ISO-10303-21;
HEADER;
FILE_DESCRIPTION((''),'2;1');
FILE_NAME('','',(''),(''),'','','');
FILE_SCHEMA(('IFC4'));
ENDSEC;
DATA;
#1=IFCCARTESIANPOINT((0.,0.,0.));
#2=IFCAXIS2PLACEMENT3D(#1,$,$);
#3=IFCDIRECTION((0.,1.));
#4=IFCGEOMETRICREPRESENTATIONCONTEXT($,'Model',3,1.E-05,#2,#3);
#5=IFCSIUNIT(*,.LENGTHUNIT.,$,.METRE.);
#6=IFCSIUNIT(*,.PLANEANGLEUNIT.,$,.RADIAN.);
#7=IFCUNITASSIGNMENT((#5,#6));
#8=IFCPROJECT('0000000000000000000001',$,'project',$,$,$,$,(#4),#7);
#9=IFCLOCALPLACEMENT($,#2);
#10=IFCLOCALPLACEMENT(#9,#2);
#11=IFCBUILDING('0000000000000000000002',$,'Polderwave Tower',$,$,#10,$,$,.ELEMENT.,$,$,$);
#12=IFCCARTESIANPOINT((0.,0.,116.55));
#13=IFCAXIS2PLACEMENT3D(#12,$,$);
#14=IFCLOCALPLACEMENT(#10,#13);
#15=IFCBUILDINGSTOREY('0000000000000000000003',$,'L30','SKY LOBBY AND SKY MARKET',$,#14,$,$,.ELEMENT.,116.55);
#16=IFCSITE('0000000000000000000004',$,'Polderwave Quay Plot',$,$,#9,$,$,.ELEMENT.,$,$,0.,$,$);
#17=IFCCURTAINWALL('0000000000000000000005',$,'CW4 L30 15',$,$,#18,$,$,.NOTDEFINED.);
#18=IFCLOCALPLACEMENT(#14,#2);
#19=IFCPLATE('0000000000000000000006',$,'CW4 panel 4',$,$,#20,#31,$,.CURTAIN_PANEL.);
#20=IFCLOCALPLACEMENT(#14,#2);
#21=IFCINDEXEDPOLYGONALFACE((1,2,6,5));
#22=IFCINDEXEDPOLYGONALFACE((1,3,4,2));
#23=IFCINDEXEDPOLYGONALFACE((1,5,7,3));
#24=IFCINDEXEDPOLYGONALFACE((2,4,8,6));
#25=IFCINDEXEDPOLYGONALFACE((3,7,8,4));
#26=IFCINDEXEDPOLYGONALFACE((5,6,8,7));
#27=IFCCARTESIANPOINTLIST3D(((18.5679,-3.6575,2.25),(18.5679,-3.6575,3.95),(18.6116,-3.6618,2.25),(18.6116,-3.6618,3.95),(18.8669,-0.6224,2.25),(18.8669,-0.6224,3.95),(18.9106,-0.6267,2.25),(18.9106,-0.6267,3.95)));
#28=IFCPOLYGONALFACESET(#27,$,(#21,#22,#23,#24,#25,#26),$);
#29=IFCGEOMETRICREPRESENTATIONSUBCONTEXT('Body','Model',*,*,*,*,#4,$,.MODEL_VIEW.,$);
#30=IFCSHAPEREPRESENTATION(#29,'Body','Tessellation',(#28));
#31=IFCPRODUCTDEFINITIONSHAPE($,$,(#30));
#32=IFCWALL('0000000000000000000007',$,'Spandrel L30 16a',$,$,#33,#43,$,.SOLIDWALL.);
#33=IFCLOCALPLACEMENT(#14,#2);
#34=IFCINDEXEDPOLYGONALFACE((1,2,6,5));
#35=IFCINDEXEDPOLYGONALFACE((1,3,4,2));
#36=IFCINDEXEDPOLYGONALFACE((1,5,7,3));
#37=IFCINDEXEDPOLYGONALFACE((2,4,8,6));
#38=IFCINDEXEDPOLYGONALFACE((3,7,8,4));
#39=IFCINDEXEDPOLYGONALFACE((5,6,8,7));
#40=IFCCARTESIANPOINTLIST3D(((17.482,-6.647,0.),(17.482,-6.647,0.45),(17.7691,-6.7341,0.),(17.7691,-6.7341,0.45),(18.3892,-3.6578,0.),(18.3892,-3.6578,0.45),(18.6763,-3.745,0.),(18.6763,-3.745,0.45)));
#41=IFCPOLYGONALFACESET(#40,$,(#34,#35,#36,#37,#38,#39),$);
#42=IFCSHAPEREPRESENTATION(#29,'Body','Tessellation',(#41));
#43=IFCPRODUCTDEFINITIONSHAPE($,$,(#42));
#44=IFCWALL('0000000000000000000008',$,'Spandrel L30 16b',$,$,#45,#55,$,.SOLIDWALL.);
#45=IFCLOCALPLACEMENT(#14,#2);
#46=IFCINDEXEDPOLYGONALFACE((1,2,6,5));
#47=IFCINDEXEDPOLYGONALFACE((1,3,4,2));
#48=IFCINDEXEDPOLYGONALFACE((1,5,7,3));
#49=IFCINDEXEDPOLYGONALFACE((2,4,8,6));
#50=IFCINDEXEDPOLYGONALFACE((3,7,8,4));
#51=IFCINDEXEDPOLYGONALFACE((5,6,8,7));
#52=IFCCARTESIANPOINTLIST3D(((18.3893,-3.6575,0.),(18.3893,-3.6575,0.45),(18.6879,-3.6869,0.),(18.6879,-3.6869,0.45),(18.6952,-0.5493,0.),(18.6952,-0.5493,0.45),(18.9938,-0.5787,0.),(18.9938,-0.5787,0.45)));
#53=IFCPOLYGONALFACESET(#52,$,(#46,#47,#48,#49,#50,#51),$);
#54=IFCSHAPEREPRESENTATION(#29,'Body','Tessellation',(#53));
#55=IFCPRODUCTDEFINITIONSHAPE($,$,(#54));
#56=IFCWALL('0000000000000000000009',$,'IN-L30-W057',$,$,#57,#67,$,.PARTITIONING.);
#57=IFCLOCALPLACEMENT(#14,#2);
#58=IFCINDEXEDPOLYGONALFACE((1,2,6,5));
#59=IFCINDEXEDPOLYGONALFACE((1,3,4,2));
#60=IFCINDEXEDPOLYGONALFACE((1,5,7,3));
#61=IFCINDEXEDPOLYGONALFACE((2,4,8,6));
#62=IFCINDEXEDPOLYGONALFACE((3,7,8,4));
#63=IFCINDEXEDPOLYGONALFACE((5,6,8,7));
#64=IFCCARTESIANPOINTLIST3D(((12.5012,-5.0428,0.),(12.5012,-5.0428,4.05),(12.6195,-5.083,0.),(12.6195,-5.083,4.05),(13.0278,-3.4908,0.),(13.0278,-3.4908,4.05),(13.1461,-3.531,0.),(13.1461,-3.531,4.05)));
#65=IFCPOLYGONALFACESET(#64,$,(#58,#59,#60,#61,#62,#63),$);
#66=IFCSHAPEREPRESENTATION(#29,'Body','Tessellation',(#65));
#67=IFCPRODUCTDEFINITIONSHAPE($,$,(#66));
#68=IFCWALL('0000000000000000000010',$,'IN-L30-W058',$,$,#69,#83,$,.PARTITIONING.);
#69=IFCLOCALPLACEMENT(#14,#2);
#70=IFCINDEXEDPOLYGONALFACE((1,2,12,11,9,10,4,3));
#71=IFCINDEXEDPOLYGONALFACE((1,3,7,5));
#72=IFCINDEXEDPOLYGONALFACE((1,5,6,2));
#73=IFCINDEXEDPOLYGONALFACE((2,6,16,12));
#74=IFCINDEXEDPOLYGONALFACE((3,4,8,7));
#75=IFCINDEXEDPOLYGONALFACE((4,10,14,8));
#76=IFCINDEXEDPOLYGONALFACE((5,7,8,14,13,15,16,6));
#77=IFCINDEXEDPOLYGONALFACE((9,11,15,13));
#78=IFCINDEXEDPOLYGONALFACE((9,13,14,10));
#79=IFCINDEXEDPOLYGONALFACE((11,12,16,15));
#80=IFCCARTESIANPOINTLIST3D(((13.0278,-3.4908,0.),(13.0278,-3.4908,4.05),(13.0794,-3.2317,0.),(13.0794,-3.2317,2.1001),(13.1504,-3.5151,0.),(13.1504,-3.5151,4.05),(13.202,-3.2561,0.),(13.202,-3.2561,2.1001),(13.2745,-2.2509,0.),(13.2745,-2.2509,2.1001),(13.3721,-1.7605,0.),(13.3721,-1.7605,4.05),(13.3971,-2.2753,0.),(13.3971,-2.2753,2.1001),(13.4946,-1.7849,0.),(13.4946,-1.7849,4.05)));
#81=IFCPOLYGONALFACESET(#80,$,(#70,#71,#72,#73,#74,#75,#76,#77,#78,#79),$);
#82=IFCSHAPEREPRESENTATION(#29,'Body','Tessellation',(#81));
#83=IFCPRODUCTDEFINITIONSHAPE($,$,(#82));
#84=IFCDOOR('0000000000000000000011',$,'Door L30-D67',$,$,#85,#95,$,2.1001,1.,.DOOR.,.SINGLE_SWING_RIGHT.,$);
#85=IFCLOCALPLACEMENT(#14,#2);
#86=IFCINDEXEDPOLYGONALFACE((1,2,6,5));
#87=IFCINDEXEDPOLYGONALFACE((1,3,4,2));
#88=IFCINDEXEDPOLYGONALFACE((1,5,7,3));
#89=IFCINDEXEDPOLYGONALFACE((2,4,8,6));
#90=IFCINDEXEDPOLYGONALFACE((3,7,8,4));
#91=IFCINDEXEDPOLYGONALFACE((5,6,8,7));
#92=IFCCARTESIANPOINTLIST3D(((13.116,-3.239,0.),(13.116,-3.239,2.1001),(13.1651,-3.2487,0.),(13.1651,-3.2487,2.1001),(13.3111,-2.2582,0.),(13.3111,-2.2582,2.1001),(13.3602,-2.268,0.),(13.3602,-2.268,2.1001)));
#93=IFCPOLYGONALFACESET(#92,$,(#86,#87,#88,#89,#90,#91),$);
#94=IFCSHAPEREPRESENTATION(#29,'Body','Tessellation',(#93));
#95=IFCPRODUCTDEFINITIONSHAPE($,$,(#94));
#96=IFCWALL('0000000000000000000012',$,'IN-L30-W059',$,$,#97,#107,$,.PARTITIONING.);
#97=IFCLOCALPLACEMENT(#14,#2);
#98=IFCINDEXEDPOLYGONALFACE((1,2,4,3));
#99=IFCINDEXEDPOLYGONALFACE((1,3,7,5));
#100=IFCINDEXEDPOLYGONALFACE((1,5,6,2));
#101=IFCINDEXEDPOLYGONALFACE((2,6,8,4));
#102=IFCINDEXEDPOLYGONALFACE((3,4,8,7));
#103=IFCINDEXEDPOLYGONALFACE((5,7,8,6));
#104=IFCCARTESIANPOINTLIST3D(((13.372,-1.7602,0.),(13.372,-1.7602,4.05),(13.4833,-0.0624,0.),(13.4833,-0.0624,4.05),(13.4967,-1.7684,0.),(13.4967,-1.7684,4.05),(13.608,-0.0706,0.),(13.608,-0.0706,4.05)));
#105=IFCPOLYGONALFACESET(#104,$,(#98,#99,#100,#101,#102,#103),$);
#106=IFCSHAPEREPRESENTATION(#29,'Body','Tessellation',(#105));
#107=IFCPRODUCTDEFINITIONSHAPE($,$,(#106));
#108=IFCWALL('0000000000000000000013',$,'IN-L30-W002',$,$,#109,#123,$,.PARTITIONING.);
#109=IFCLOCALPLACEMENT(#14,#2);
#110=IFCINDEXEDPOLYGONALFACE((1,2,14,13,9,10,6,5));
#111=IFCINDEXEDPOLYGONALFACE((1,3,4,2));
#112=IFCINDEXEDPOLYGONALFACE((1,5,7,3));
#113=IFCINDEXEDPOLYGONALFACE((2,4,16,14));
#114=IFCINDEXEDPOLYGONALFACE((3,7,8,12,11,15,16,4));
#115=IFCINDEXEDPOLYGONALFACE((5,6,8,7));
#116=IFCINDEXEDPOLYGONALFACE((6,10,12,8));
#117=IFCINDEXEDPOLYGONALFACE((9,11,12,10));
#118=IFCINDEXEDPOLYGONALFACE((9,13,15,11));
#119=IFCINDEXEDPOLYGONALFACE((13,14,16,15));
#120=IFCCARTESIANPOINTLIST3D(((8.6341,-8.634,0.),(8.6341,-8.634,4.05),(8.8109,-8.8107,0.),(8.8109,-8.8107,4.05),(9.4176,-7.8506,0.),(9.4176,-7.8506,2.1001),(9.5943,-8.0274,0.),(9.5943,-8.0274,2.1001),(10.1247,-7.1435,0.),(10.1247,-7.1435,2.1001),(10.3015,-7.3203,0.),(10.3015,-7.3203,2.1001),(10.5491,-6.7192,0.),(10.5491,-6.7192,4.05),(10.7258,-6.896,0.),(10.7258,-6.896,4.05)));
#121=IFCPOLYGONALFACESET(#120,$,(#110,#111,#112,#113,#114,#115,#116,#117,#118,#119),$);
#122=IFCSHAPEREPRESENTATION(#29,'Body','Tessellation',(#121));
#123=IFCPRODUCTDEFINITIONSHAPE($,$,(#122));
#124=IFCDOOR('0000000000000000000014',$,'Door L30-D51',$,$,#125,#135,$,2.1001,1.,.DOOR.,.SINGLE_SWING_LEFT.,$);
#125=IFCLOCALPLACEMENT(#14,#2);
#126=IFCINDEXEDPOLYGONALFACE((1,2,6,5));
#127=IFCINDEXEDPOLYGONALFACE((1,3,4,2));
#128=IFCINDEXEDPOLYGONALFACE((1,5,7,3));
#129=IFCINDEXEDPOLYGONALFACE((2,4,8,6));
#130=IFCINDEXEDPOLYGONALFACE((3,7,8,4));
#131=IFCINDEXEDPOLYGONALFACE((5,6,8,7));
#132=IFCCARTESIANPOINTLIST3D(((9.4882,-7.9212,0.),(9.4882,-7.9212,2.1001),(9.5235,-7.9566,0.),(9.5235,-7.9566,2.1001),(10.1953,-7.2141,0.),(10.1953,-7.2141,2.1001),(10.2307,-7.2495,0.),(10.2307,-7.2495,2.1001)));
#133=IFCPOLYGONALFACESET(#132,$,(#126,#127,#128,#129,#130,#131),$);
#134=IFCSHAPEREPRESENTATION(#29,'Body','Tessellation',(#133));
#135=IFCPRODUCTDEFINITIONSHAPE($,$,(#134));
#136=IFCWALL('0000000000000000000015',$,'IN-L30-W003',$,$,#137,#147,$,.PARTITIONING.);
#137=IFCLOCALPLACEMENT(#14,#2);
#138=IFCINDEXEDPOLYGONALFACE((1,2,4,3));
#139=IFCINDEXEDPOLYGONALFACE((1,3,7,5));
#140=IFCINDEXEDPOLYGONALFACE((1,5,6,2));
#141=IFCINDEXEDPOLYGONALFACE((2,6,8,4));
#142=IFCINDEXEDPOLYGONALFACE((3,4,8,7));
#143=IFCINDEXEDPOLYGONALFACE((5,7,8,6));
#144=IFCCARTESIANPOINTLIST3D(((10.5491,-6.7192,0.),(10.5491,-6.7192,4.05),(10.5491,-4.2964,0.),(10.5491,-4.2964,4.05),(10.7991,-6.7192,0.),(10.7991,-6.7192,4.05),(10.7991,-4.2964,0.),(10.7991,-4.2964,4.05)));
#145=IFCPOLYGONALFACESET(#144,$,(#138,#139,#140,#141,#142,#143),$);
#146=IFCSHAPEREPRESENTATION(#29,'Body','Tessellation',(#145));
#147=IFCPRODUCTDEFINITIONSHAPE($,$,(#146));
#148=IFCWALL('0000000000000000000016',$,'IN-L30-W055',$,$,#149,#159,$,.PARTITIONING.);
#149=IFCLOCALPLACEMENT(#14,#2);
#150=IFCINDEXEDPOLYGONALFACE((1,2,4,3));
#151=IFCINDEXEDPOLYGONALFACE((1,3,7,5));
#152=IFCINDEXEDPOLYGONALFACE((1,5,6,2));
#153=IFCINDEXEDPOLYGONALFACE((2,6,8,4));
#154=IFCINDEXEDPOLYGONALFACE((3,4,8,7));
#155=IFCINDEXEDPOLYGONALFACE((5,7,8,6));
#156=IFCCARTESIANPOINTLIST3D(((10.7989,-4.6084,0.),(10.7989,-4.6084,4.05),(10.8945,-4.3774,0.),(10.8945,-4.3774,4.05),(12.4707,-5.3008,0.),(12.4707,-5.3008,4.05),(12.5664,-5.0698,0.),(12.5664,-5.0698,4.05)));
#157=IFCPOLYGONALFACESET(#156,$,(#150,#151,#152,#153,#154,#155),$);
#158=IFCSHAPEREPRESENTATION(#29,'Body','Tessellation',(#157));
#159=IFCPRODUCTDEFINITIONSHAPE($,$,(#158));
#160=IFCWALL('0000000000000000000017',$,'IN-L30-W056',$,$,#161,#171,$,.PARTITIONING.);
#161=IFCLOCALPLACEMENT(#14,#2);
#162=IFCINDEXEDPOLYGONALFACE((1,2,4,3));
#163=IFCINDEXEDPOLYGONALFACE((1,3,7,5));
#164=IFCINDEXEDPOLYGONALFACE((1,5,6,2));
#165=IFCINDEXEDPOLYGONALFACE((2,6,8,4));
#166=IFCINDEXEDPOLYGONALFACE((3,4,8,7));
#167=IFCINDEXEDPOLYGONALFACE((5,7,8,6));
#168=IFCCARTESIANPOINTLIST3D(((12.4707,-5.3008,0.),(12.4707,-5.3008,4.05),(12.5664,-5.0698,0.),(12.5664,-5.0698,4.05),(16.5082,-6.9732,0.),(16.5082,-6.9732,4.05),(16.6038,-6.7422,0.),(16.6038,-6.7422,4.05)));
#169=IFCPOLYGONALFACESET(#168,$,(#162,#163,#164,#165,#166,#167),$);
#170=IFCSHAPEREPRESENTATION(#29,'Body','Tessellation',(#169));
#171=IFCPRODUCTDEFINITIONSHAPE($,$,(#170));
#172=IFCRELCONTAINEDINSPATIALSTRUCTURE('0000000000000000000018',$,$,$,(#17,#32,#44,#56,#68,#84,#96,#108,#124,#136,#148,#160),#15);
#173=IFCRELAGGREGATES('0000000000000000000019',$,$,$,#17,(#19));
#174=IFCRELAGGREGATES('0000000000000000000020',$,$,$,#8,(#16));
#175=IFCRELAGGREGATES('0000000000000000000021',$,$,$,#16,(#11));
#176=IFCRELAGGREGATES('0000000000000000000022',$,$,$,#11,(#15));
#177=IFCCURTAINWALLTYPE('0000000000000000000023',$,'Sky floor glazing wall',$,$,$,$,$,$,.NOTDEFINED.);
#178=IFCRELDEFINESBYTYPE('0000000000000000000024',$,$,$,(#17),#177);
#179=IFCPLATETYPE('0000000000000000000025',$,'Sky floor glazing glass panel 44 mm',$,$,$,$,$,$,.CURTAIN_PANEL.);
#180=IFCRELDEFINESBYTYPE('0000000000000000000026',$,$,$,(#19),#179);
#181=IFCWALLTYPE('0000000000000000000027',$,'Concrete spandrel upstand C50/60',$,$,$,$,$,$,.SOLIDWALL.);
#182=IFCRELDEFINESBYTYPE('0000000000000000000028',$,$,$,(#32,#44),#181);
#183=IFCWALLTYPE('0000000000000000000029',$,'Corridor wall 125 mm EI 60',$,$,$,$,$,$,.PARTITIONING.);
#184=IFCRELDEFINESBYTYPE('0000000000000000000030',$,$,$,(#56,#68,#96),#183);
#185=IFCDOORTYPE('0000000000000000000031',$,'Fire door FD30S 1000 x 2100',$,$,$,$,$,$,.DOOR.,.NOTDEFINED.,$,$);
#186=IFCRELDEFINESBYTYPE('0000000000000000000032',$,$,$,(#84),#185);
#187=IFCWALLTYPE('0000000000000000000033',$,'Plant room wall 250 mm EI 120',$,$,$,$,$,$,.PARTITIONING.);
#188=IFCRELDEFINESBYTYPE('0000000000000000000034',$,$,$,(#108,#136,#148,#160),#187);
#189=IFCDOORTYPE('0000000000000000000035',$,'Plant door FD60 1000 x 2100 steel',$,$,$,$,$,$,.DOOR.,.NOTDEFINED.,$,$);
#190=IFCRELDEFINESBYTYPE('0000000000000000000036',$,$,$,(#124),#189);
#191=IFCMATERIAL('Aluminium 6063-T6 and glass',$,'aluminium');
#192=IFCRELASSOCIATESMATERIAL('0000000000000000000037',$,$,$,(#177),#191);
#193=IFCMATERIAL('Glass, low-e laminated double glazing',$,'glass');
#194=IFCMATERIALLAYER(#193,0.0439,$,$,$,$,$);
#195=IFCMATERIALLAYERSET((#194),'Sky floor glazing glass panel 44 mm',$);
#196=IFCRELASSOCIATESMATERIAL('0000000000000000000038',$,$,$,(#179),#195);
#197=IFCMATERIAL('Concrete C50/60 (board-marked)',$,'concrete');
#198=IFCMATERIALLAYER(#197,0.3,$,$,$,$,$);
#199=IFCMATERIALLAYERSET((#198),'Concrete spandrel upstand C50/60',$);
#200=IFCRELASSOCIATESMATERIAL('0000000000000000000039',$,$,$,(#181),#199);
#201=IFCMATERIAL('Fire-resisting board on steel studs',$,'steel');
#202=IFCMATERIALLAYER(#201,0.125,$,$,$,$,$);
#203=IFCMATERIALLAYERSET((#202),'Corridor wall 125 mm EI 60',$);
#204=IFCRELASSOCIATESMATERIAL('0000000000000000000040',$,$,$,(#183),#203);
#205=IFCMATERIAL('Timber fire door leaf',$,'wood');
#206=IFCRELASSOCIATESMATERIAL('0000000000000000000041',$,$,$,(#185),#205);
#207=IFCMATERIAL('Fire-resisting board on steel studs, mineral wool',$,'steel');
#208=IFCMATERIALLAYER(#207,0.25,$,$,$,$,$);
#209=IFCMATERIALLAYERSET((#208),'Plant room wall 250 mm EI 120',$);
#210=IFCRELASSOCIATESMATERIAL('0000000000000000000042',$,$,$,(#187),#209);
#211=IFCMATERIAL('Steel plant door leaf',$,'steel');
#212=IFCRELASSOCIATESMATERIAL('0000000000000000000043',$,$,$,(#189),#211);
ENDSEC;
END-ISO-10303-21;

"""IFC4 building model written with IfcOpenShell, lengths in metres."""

from ifc_helpers import new_model, si_unit, direction, frame, frame_2d, origin, origin_2d, place, context, subcontext, project, spatial, rectangle, extrude, material, layer, layer_set, type_object, element, fill, aggregate, save


model = new_model("IFC4")

# Units and contexts
model_context = context("Model", 3, precision=1e-05, world=origin(), true_north=direction((0.0, 1.0)))
body_context = subcontext(model_context, "Body", "Model", "MODEL_VIEW")
ifc_project = project(units=[si_unit("LENGTHUNIT", "METRE"), si_unit("PLANEANGLEUNIT", "RADIAN")], contexts=[model_context])

# Site, building, storey
site_placement = place(None, origin())
site = spatial("IfcSite", under=ifc_project, at=site_placement, Name="Polderwave Quay Plot", CompositionType="ELEMENT", RefElevation=0.0)
building_placement = place(site_placement, origin())
building = spatial("IfcBuilding", under=site, at=building_placement, Name="Polderwave Tower", CompositionType="ELEMENT")
storey_placement = place(building_placement, frame((0.0, 0.0, 116.55)))
storey = spatial("IfcBuildingStorey", under=building, at=storey_placement, Name="L30", Description="SKY LOBBY AND SKY MARKET", CompositionType="ELEMENT", Elevation=116.55)

# Curtain wall, plate
ifc_material_1 = material(Name="Aluminium 6063-T6 and glass", Category="aluminium")
curtain_wall_type = type_object("IfcCurtainWallType", Name="Sky floor glazing wall", PredefinedType="NOTDEFINED", material=ifc_material_1)
curtain_wall_placement = place(storey_placement, origin())
curtain_wall = element("IfcCurtainWall", 1, at=curtain_wall_placement, inside=storey, type_object=curtain_wall_type, Name="CW4 L30 15", PredefinedType="NOTDEFINED")
ifc_material_2 = material(Name="Glass, low-e laminated double glazing", Category="glass")
ifc_layer_1 = layer(ifc_material_2, 0.0439)
ifc_layer_set_1 = layer_set([ifc_layer_1], Name="Sky floor glazing glass panel 44 mm")
plate_type = type_object("IfcPlateType", Name="Sky floor glazing glass panel 44 mm", PredefinedType="CURTAIN_PANEL", material=ifc_layer_set_1)
plate_1_placement = place(storey_placement, frame((18.7393, -2.1421, 2.25), z_axis=(0.0, 0.0, 1.0), x_axis=(0.098033, 0.995183, 0.0)))
plate_1 = element("IfcPlate", 2, at=plate_1_placement, type_object=plate_type, Name="CW4 panel 4", PredefinedType="CURTAIN_PANEL", context=body_context, shape_type="SweptSolid", body=[
    extrude(rectangle(XDim=3.0498, YDim=0.0439, at=origin_2d()), origin(), (0.0, 0.0, 1.0), 1.7),
])
aggregate(curtain_wall, [plate_1])

# Walls
ifc_material_3 = material(Name="Concrete C50/60 (board-marked)", Category="concrete")
ifc_layer_2 = layer(ifc_material_3, 0.3)
ifc_layer_set_2 = layer_set([ifc_layer_2], Name="Concrete spandrel upstand C50/60")
wall_type_1 = type_object("IfcWallType", Name="Concrete spandrel upstand C50/60", PredefinedType="SOLIDWALL", material=ifc_layer_set_2)
wall_1_placement = place(storey_placement, frame((17.6255, -6.6907, 0.0), z_axis=(0.0, 0.0, 1.0), x_axis=(0.290415, 0.956901, 0.0)))
element("IfcWall", 3, at=wall_1_placement, inside=storey, type_object=wall_type_1, Name="Spandrel L30 16a", PredefinedType="SOLIDWALL", context=body_context, shape_type="SweptSolid", body=[
    extrude(rectangle(XDim=3.1238, YDim=0.3, at=frame_2d((1.562, 0.0))), origin(), (0.0, 0.0, 1.0), 0.45),
])
wall_2_placement = place(storey_placement, frame((18.5386, -3.6721, 0.0), z_axis=(0.0, 0.0, 1.0), x_axis=(0.097948, 0.995192, 0.0)))
element("IfcWall", 4, at=wall_2_placement, inside=storey, type_object=wall_type_1, Name="Spandrel L30 16b", PredefinedType="SOLIDWALL", context=body_context, shape_type="SweptSolid", body=[
    extrude(rectangle(XDim=3.1233, YDim=0.3, at=frame_2d((1.5615, 0.0))), origin(), (0.0, 0.0, 1.0), 0.45),
])
ifc_material_4 = material(Name="Fire-resisting board on steel studs", Category="steel")
ifc_layer_3 = layer(ifc_material_4, 0.125)
ifc_layer_set_3 = layer_set([ifc_layer_3], Name="Corridor wall 125 mm EI 60")
wall_type_2 = type_object("IfcWallType", Name="Corridor wall 125 mm EI 60", PredefinedType="PARTITIONING", material=ifc_layer_set_3)
wall_3_placement = place(storey_placement, frame((13.0869, -3.511, 0.0), z_axis=(0.0, 0.0, 1.0), x_axis=(-0.321318, -0.946971, 0.0)))
element("IfcWall", 5, at=wall_3_placement, inside=storey, type_object=wall_type_2, Name="IN-L30-W057", PredefinedType="PARTITIONING", context=body_context, shape_type="SweptSolid", body=[
    extrude(rectangle(XDim=1.6389, YDim=0.125, at=frame_2d((0.8193, 0.0))), origin(), (0.0, 0.0, 1.0), 4.05),
])

# Wall, opening, door
wall_4_placement = place(storey_placement, frame((13.4333, -1.7727, 0.0), z_axis=(0.0, 0.0, 1.0), x_axis=(-0.195131, -0.980777, 0.0)))
wall_4 = element("IfcWall", 6, at=wall_4_placement, inside=storey, type_object=wall_type_2, Name="IN-L30-W058", PredefinedType="PARTITIONING", context=body_context, shape_type="SweptSolid", body=[
    extrude(rectangle(XDim=1.7642, YDim=0.125, at=frame_2d((0.8821, 0.0))), origin(), (0.0, 0.0, 1.0), 4.05),
])
opening_1_placement = place(wall_4_placement, frame((0.5, 0.0, 0.0)))
opening_1 = element("IfcOpeningElement", 7, at=opening_1_placement, cuts=wall_4, PredefinedType="OPENING", context=body_context, shape_type="SweptSolid", body=[
    extrude(rectangle(XDim=1.0, YDim=2.1001, at=frame_2d((0.5, 1.05))), frame((0.0, 0.0725, 0.0), z_axis=(0.0, -1.0, 0.0), x_axis=(1.0, 0.0, 0.0)), (0.0, 0.0, 1.0), 0.145),
])
ifc_material_5 = material(Name="Timber fire door leaf", Category="wood")
door_type_1 = type_object("IfcDoorType", Name="Fire door FD30S 1000 x 2100", OperationType="NOTDEFINED", PredefinedType="DOOR", material=ifc_material_5)
door_1_placement = place(opening_1_placement, origin())
door_1 = element("IfcDoor", 8, at=door_1_placement, inside=storey, type_object=door_type_1, Name="Door L30-D67", OperationType="SINGLE_SWING_RIGHT", OverallHeight=2.1001, OverallWidth=1.0, PredefinedType="DOOR", context=body_context, shape_type="SweptSolid", body=[
    extrude(rectangle(XDim=1.0, YDim=2.1001, at=frame_2d((0.5, 1.05))), frame((0.0, 0.0249, 0.0), z_axis=(0.0, -1.0, 0.0), x_axis=(1.0, 0.0, 0.0)), (0.0, 0.0, 1.0), 0.05),
])
fill(opening_1, door_1)

# Wall
wall_5_placement = place(storey_placement, frame((13.5457, -0.0667, 0.0), z_axis=(0.0, 0.0, 1.0), x_axis=(-0.065433, -0.997857, 0.0)))
element("IfcWall", 9, at=wall_5_placement, inside=storey, type_object=wall_type_2, Name="IN-L30-W059", PredefinedType="PARTITIONING", context=body_context, shape_type="SweptSolid", body=[
    extrude(rectangle(XDim=1.7014, YDim=0.125, at=frame_2d((0.8506, 0.0))), origin(), (0.0, 0.0, 1.0), 4.05),
])

# Wall, opening, door
ifc_material_6 = material(Name="Fire-resisting board on steel studs, mineral wool", Category="steel")
ifc_layer_4 = layer(ifc_material_6, 0.25)
ifc_layer_set_4 = layer_set([ifc_layer_4], Name="Plant room wall 250 mm EI 120")
wall_type_3 = type_object("IfcWallType", Name="Plant room wall 250 mm EI 120", PredefinedType="PARTITIONING", material=ifc_layer_set_4)
wall_6_placement = place(storey_placement, frame((10.6375, -6.8076, 0.0), z_axis=(0.0, 0.0, 1.0), x_axis=(-0.707152, -0.707062, 0.0)))
wall_6 = element("IfcWall", 10, at=wall_6_placement, inside=storey, type_object=wall_type_3, Name="IN-L30-W002", PredefinedType="PARTITIONING", context=body_context, shape_type="SweptSolid", body=[
    extrude(rectangle(XDim=2.708, YDim=0.25, at=frame_2d((1.354, 0.0))), origin(), (0.0, 0.0, 1.0), 4.05),
])
opening_2_placement = place(wall_6_placement, frame((0.6001, 0.0, 0.0)))
opening_2 = element("IfcOpeningElement", 11, at=opening_2_placement, cuts=wall_6, PredefinedType="OPENING", context=body_context, shape_type="SweptSolid", body=[
    extrude(rectangle(XDim=1.0, YDim=2.1001, at=frame_2d((0.5, 1.05))), frame((0.0, 0.135, 0.0), z_axis=(0.0, -1.0, 0.0), x_axis=(1.0, 0.0, 0.0)), (0.0, 0.0, 1.0), 0.27),
])
ifc_material_7 = material(Name="Steel plant door leaf", Category="steel")
door_type_2 = type_object("IfcDoorType", Name="Plant door FD60 1000 x 2100 steel", OperationType="NOTDEFINED", PredefinedType="DOOR", material=ifc_material_7)
door_2_placement = place(opening_2_placement, origin())
door_2 = element("IfcDoor", 12, at=door_2_placement, inside=storey, type_object=door_type_2, Name="Door L30-D51", OperationType="SINGLE_SWING_LEFT", OverallHeight=2.1001, OverallWidth=1.0, PredefinedType="DOOR", context=body_context, shape_type="SweptSolid", body=[
    extrude(rectangle(XDim=1.0, YDim=2.1001, at=frame_2d((0.5, 1.05))), frame((0.0, 0.0249, 0.0), z_axis=(0.0, -1.0, 0.0), x_axis=(1.0, 0.0, 0.0)), (0.0, 0.0, 1.0), 0.05),
])
fill(opening_2, door_2)

# Walls
wall_7_placement = place(storey_placement, frame((10.6741, -4.2964, 0.0), z_axis=(0.0, 0.0, 1.0), x_axis=(0.0, -1.0, 0.0)))
element("IfcWall", 13, at=wall_7_placement, inside=storey, type_object=wall_type_3, Name="IN-L30-W003", PredefinedType="PARTITIONING", context=body_context, shape_type="SweptSolid", body=[
    extrude(rectangle(XDim=2.4229, YDim=0.25, at=frame_2d((1.2114, 0.0))), origin(), (0.0, 0.0, 1.0), 4.05),
])
wall_8_placement = place(storey_placement, frame((10.8467, -4.4929, 0.0), z_axis=(0.0, 0.0, 1.0), x_axis=(0.923905, -0.382622, 0.0)))
element("IfcWall", 14, at=wall_8_placement, inside=storey, type_object=wall_type_3, Name="IN-L30-W055", PredefinedType="PARTITIONING", context=body_context, shape_type="SweptSolid", body=[
    extrude(rectangle(XDim=1.8096, YDim=0.25, at=frame_2d((0.9048, 0.0))), origin(), (0.0, 0.0, 1.0), 4.05),
])
wall_9_placement = place(storey_placement, frame((12.5186, -5.1853, 0.0), z_axis=(0.0, 0.0, 1.0), x_axis=(0.923877, -0.382691, 0.0)))
element("IfcWall", 15, at=wall_9_placement, inside=storey, type_object=wall_type_3, Name="IN-L30-W056", PredefinedType="PARTITIONING", context=body_context, shape_type="SweptSolid", body=[
    extrude(rectangle(XDim=4.3701, YDim=0.25, at=frame_2d((2.1851, 0.0))), origin(), (0.0, 0.0, 1.0), 4.05),
])

save(model, "model.ifc")
